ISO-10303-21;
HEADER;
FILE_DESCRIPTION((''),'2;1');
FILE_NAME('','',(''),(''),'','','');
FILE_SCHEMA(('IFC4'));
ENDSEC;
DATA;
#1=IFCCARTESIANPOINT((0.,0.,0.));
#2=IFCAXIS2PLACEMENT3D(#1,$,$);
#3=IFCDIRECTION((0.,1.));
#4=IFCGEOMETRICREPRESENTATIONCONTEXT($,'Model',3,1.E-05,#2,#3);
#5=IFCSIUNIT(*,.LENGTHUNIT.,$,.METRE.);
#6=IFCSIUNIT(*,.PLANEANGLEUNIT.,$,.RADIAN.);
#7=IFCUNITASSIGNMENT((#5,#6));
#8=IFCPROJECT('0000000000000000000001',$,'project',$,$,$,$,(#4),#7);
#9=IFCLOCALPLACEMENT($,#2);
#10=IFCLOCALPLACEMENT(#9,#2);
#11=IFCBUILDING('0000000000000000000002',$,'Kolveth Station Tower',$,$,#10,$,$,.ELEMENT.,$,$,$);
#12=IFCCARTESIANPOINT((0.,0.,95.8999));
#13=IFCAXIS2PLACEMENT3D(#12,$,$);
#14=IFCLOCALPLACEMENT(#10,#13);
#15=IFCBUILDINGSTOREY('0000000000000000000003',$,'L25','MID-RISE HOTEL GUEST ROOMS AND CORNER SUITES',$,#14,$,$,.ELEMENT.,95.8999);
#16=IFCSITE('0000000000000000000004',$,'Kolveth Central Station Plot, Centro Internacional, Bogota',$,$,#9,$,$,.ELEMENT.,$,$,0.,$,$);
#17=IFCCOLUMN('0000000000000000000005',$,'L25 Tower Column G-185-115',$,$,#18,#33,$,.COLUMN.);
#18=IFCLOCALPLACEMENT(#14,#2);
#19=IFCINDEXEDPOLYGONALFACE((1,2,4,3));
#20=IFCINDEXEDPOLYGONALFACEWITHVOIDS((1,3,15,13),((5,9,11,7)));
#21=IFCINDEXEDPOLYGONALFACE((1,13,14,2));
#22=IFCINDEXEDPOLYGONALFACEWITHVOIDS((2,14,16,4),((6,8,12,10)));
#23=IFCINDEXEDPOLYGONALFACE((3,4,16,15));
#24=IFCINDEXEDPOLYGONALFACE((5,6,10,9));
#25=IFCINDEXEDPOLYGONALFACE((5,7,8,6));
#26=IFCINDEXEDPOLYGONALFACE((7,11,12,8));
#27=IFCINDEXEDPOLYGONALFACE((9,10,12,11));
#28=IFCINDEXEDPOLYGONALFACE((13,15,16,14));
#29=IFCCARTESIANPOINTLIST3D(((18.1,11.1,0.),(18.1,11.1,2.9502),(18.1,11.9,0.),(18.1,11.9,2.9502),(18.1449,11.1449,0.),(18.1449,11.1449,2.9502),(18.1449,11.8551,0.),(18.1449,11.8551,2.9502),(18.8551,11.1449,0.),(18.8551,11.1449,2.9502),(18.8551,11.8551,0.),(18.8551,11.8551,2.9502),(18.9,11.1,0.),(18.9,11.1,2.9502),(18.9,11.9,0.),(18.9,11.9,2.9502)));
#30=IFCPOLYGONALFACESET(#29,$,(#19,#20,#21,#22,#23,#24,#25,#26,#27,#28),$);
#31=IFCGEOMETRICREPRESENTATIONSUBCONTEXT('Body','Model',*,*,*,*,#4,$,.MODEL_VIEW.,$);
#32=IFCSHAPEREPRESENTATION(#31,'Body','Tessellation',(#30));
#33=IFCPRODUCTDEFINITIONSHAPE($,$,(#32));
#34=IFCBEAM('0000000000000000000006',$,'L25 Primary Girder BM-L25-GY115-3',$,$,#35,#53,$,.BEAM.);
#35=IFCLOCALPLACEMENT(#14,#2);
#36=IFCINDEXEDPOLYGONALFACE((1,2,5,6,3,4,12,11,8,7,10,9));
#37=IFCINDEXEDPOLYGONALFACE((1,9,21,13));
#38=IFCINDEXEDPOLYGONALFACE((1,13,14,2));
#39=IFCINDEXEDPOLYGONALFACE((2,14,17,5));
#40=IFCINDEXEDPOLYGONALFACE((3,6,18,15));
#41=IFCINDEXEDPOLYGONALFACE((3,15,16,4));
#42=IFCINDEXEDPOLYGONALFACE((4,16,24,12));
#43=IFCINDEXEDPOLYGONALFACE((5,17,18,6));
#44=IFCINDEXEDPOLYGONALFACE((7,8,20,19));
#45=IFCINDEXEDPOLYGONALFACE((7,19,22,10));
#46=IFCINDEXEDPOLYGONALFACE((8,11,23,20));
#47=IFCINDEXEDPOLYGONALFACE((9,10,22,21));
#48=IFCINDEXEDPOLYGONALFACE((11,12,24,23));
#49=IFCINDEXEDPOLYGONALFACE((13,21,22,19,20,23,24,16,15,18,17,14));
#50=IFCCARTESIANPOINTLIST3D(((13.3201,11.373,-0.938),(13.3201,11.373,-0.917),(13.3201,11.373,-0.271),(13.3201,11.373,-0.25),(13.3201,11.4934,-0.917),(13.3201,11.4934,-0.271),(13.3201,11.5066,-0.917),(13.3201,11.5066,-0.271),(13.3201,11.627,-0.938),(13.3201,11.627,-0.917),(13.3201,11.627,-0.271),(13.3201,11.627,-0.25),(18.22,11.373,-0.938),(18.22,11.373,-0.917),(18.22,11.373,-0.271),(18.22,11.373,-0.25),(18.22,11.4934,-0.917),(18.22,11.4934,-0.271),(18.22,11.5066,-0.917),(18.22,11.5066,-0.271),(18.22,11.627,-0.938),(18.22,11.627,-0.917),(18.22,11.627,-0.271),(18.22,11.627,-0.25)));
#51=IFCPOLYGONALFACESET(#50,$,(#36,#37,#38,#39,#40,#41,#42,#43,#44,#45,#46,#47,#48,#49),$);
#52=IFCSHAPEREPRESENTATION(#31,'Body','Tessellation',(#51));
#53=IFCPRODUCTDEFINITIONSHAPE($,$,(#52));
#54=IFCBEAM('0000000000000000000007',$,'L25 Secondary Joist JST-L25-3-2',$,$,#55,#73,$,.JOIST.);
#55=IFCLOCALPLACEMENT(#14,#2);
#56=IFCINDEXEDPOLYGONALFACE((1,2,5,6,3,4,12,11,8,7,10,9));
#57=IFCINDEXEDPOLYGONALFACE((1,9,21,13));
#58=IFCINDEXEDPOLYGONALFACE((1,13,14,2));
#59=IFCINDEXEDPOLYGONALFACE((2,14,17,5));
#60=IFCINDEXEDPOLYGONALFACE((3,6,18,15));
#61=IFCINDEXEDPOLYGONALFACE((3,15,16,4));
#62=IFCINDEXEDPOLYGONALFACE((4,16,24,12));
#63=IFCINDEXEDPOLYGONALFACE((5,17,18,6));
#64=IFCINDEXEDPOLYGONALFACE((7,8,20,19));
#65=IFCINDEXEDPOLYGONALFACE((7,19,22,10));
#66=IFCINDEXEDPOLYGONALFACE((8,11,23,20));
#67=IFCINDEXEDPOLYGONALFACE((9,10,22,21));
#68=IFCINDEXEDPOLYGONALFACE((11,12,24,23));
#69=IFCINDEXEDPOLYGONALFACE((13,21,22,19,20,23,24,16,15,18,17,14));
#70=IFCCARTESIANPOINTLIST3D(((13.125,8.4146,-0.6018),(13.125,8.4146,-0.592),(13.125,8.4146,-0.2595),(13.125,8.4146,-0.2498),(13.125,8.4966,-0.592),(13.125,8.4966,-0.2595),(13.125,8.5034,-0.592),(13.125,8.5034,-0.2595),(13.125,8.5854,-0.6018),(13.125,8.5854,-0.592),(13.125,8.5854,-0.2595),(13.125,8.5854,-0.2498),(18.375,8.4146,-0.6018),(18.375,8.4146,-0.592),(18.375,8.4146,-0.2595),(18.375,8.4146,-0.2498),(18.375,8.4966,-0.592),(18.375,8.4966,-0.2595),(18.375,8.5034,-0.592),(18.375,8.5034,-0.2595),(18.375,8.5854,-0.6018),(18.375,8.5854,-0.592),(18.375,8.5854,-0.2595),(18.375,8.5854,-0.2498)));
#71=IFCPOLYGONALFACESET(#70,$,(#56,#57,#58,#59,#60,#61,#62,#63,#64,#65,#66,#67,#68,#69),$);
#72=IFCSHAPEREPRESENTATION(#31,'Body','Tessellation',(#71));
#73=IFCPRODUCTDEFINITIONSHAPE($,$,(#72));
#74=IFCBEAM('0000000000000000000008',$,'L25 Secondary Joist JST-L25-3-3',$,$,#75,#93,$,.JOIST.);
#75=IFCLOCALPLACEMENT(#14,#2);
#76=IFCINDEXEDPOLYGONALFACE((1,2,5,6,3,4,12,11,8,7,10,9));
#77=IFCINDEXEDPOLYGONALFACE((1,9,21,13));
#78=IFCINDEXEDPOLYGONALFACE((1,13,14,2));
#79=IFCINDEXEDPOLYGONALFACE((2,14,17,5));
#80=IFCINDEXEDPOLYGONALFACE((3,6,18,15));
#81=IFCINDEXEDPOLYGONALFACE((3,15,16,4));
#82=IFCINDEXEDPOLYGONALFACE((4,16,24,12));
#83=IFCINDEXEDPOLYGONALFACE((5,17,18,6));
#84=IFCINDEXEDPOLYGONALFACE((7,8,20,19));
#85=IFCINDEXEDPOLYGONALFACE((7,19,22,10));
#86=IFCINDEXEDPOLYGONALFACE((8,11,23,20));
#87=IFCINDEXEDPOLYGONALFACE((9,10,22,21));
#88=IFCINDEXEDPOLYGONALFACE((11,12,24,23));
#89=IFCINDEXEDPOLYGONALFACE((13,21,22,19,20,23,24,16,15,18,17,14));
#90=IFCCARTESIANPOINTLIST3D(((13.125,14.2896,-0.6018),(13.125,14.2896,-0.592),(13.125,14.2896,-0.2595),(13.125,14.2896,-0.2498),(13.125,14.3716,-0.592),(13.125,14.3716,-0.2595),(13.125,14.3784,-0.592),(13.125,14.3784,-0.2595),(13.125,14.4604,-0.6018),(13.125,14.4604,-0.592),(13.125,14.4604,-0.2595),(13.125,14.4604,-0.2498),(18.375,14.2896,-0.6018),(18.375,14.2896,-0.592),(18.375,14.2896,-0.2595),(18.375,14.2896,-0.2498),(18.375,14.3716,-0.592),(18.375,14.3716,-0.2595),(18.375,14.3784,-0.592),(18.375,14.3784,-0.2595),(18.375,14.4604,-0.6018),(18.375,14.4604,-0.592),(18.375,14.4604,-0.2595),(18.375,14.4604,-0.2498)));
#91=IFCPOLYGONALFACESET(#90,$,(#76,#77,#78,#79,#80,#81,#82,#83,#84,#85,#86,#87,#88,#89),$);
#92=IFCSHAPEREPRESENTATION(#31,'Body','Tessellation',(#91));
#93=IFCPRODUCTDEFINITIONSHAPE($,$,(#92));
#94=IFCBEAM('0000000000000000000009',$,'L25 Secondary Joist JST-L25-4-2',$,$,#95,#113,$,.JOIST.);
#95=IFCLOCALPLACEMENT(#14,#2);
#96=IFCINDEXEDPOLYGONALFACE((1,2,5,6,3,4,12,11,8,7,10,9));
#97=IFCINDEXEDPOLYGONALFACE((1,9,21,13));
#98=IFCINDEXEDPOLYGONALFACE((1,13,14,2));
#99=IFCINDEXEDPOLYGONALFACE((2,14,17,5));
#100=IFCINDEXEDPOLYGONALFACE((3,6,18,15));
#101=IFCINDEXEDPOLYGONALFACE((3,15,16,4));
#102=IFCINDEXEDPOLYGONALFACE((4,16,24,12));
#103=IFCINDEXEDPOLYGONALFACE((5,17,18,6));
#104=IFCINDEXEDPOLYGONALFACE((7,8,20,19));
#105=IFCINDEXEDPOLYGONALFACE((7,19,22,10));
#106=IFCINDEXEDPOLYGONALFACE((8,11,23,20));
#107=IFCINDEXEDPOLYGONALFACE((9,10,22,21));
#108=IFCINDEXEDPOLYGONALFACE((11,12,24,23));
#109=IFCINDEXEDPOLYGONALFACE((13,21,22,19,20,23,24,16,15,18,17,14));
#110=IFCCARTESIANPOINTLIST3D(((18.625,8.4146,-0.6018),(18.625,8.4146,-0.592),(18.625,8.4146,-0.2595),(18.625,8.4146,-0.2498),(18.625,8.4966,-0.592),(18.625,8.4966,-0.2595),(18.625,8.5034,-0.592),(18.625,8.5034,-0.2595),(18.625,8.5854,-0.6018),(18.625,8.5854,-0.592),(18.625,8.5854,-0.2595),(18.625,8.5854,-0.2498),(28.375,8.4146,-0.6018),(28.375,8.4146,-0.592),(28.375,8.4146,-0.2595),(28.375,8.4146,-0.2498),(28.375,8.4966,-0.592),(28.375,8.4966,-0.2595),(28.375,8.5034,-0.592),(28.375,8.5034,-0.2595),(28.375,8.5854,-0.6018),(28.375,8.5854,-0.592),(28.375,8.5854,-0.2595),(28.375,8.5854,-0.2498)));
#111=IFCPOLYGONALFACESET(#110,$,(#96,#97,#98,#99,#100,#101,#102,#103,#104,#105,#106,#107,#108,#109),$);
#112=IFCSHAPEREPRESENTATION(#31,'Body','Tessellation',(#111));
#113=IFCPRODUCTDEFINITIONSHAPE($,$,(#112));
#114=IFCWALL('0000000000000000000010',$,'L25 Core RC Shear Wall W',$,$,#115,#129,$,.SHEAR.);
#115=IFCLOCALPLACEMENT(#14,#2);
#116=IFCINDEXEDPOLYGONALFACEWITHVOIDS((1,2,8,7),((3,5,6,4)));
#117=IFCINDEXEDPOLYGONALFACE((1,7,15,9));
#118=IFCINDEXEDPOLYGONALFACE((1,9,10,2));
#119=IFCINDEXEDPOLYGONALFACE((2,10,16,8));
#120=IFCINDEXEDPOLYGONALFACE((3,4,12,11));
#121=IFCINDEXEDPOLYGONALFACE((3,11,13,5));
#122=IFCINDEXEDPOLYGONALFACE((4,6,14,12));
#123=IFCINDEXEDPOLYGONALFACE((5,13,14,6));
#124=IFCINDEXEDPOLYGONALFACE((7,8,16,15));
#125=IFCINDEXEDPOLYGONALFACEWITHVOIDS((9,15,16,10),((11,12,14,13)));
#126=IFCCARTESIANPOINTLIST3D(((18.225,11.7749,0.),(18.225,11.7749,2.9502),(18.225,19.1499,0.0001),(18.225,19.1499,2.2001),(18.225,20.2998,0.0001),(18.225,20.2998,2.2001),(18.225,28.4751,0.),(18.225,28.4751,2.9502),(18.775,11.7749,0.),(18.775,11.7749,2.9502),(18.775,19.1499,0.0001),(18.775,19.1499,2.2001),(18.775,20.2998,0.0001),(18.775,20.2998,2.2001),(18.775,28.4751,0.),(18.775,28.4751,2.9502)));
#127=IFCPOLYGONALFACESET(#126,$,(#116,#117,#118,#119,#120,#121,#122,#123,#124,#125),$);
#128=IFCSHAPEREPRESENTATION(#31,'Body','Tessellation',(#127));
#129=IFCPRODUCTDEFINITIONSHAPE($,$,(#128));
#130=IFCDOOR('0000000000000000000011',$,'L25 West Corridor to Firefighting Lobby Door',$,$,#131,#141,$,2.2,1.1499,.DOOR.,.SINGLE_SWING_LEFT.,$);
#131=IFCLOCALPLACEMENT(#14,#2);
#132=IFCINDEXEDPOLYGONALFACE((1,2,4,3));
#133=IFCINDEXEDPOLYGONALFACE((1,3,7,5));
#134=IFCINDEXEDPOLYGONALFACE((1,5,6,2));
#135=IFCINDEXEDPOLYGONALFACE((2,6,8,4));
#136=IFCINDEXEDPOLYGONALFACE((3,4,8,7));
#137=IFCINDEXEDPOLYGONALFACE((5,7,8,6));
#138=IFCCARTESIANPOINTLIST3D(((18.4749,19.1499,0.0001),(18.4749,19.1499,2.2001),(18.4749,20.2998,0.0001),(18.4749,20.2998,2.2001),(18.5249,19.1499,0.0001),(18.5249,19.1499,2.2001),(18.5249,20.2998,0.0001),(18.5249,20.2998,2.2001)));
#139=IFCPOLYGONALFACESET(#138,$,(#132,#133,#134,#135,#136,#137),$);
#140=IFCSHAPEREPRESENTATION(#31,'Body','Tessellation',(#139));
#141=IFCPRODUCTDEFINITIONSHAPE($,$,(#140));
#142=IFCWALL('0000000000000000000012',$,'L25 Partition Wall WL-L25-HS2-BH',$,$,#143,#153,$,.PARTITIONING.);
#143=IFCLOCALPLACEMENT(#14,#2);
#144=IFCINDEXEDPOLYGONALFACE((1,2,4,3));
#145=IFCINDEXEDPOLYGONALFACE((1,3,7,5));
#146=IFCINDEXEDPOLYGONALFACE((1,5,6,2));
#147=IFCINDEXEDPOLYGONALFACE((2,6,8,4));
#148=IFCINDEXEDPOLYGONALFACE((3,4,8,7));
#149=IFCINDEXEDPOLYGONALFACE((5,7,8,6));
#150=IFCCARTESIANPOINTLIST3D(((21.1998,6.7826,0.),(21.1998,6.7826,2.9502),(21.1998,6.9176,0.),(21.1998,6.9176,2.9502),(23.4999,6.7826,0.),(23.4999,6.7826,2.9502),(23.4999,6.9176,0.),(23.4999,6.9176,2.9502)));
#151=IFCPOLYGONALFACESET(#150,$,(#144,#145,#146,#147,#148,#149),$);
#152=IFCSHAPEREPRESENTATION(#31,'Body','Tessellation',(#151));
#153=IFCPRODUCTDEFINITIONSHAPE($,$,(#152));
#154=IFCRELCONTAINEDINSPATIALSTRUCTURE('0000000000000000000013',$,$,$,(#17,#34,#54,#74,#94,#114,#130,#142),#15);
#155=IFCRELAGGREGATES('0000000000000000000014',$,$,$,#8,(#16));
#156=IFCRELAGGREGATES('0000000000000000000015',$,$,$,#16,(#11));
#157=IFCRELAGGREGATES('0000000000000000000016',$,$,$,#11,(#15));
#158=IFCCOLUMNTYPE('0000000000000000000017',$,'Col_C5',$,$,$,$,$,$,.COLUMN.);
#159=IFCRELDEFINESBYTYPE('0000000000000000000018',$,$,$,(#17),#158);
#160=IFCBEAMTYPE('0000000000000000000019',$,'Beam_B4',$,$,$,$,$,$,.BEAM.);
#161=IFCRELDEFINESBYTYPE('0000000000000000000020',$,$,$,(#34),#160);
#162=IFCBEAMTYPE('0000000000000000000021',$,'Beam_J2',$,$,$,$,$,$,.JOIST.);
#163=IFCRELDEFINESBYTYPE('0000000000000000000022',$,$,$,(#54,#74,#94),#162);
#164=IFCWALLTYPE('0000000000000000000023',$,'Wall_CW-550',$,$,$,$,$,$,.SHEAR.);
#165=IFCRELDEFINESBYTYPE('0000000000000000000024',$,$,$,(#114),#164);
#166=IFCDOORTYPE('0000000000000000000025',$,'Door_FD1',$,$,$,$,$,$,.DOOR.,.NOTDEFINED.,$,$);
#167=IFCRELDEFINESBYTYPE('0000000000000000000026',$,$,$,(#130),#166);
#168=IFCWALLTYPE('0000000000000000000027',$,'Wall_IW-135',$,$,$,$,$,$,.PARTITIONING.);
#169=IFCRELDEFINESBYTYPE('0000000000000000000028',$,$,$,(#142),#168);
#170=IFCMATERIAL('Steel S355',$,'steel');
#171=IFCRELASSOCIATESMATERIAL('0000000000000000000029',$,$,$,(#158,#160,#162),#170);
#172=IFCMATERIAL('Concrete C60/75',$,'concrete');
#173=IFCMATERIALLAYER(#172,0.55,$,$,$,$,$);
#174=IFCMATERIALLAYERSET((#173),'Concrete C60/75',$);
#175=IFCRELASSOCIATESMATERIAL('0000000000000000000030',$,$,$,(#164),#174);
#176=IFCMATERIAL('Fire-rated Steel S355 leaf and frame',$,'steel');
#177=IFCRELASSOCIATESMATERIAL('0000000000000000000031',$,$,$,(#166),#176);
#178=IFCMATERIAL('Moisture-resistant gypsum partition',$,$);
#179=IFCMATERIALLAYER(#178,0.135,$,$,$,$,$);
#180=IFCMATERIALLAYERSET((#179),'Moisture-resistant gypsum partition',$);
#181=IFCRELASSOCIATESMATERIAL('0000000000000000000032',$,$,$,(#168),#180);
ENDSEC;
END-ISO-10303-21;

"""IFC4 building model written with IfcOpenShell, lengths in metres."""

from ifc_helpers import new_model, si_unit, direction, frame, frame_2d, origin, origin_2d, place, context, subcontext, project, spatial, rectangle, hollow_rectangle, i_section, extrude, source, transform, mapped, material, layer, layer_set, material_profile, profile_set, type_object, element, fill, save


model = new_model("IFC4")

# Units and contexts
model_context = context("Model", 3, precision=1e-05, world=origin(), true_north=direction((0.0, 1.0)))
body_context = subcontext(model_context, "Body", "Model", "MODEL_VIEW")
ifc_project = project(units=[si_unit("LENGTHUNIT", "METRE"), si_unit("PLANEANGLEUNIT", "RADIAN")], contexts=[model_context])

# Site, building, storey
site_placement = place(None, origin())
site = spatial("IfcSite", under=ifc_project, at=site_placement, Name="Kolveth Central Station Plot, Centro Internacional, Bogota", CompositionType="ELEMENT", RefElevation=0.0)
building_placement = place(site_placement, origin())
building = spatial("IfcBuilding", under=site, at=building_placement, Name="Kolveth Station Tower", CompositionType="ELEMENT")
storey_placement = place(building_placement, frame((0.0, 0.0, 95.8999)))
storey = spatial("IfcBuildingStorey", under=building, at=storey_placement, Name="L25", Description="MID-RISE HOTEL GUEST ROOMS AND CORNER SUITES", CompositionType="ELEMENT", Elevation=95.8999)

# Column
ifc_material_1 = material(Name="Steel S355", Category="steel")
ifc_material_profile_1 = material_profile(ifc_material_1, hollow_rectangle(XDim=0.8, YDim=0.8, WallThickness=0.0449, at=origin_2d()), Name="BOX800x800x45")
ifc_profile_set_1 = profile_set([ifc_material_profile_1], Name="Steel S355")
column_type = type_object("IfcColumnType", Name="Col_C5", PredefinedType="COLUMN", material=ifc_profile_set_1)
shared_shape_1 = source(origin(), body_context, "Body", "SweptSolid", [
    extrude(hollow_rectangle(XDim=0.8, YDim=0.8, WallThickness=0.0449, at=origin_2d()), origin(), (0.0, 0.0, 1.0), 2.9502),
])
column_placement = place(storey_placement, frame((18.5, 11.5, 0.0), z_axis=(0.0, 0.0, 1.0), x_axis=(1.0, 0.0, 0.0)))
element("IfcColumn", 1, at=column_placement, inside=storey, type_object=column_type, Name="L25 Tower Column G-185-115", PredefinedType="COLUMN", context=body_context, shape_type="MappedRepresentation", body=[
    mapped(shared_shape_1, transform((0.0, 0.0, 0.0), x_axis=(1.0, 0.0, 0.0), y_axis=(0.0, 1.0, 0.0), z_axis=(0.0, 0.0, 1.0), scale=1.0)),
])

# Beams
ifc_material_profile_2 = material_profile(ifc_material_1, i_section(OverallWidth=0.2539, OverallDepth=0.688, WebThickness=0.0132, FlangeThickness=0.021, at=origin_2d()), Name="W690x152")
ifc_profile_set_2 = profile_set([ifc_material_profile_2], Name="Steel S355")
beam_type_1 = type_object("IfcBeamType", Name="Beam_B4", PredefinedType="BEAM", material=ifc_profile_set_2)
shared_shape_2 = source(origin(), body_context, "Body", "SweptSolid", [
    extrude(i_section(OverallWidth=0.2539, OverallDepth=0.688, WebThickness=0.0132, FlangeThickness=0.021, at=origin_2d()), origin(), (0.0, 0.0, 1.0), 4.8999),
])
beam_1_placement = place(storey_placement, frame((13.3201, 11.5, -0.594), z_axis=(1.0, 0.0, 0.0), x_axis=(0.0, 1.0, 0.0)))
element("IfcBeam", 2, at=beam_1_placement, inside=storey, type_object=beam_type_1, Name="L25 Primary Girder BM-L25-GY115-3", PredefinedType="BEAM", context=body_context, shape_type="MappedRepresentation", body=[
    mapped(shared_shape_2, transform((0.0, 0.0, 0.0), x_axis=(1.0, 0.0, 0.0), y_axis=(0.0, 1.0, 0.0), z_axis=(0.0, 0.0, 1.0), scale=1.0)),
])
ifc_material_profile_3 = material_profile(ifc_material_1, i_section(OverallWidth=0.1709, OverallDepth=0.3521, WebThickness=0.0068, FlangeThickness=0.0098, at=origin_2d()), Name="W360x44")
ifc_profile_set_3 = profile_set([ifc_material_profile_3], Name="Steel S355")
beam_type_2 = type_object("IfcBeamType", Name="Beam_J2", PredefinedType="JOIST", material=ifc_profile_set_3)
shared_shape_3 = source(origin(), body_context, "Body", "SweptSolid", [
    extrude(i_section(OverallWidth=0.1709, OverallDepth=0.3521, WebThickness=0.0068, FlangeThickness=0.0098, at=origin_2d()), origin(), (0.0, 0.0, 1.0), 5.25),
])
for number, where, z_axis, x_axis, name in (
    (3, (13.125, 8.5, -0.4258), (1.0, 0.0, 0.0), (0.0, 1.0, 0.0), "L25 Secondary Joist JST-L25-3-2"),
    (4, (13.125, 14.375, -0.4258), (1.0, 0.0, 0.0), (0.0, 1.0, 0.0), "L25 Secondary Joist JST-L25-3-3"),
):
    element("IfcBeam", number, at=place(storey_placement, frame(where, z_axis=z_axis, x_axis=x_axis)), inside=storey, type_object=beam_type_2, Name=name, PredefinedType="JOIST", context=body_context, shape_type="MappedRepresentation", body=[
        mapped(shared_shape_3, transform((0.0, 0.0, 0.0), x_axis=(1.0, 0.0, 0.0), y_axis=(0.0, 1.0, 0.0), z_axis=(0.0, 0.0, 1.0), scale=1.0)),
    ])
shared_shape_4 = source(origin(), body_context, "Body", "SweptSolid", [
    extrude(i_section(OverallWidth=0.1709, OverallDepth=0.3521, WebThickness=0.0068, FlangeThickness=0.0098, at=origin_2d()), origin(), (0.0, 0.0, 1.0), 9.75),
])
beam_2_placement = place(storey_placement, frame((18.625, 8.5, -0.4258), z_axis=(1.0, 0.0, 0.0), x_axis=(0.0, 1.0, 0.0)))
element("IfcBeam", 5, at=beam_2_placement, inside=storey, type_object=beam_type_2, Name="L25 Secondary Joist JST-L25-4-2", PredefinedType="JOIST", context=body_context, shape_type="MappedRepresentation", body=[
    mapped(shared_shape_4, transform((0.0, 0.0, 0.0), x_axis=(1.0, 0.0, 0.0), y_axis=(0.0, 1.0, 0.0), z_axis=(0.0, 0.0, 1.0), scale=1.0)),
])

# Shared definitions
ifc_material_2 = material(Name="Concrete C60/75", Category="concrete")
ifc_layer_1 = layer(ifc_material_2, 0.55)
ifc_layer_set_1 = layer_set([ifc_layer_1], Name="Concrete C60/75")
wall_type_1 = type_object("IfcWallType", Name="Wall_CW-550", PredefinedType="SHEAR", material=ifc_layer_set_1)

# Wall, opening, door
wall_1_placement = place(storey_placement, frame((18.5, 11.7749, 0.0), z_axis=(0.0, 0.0, 1.0), x_axis=(0.0, 1.0, 0.0)))
wall_1 = element("IfcWall", 6, at=wall_1_placement, inside=storey, type_object=wall_type_1, Name="L25 Core RC Shear Wall W", PredefinedType="SHEAR", context=body_context, shape_type="SweptSolid", body=[
    extrude(rectangle(XDim=16.7002, YDim=0.55, at=frame_2d((8.3501, 0.0))), origin(), (0.0, 0.0, 1.0), 2.9502),
])
opening_1_placement = place(wall_1_placement, frame((7.375, 0.0, 0.0)))
opening_1 = element("IfcOpeningElement", 7, at=opening_1_placement, cuts=wall_1, PredefinedType="OPENING", context=body_context, shape_type="SweptSolid", body=[
    extrude(rectangle(XDim=1.1499, YDim=2.2, at=frame_2d((0.575, 1.1001))), frame((0.0, 0.2849, 0.0), z_axis=(0.0, -1.0, 0.0), x_axis=(1.0, 0.0, 0.0)), (0.0, 0.0, 1.0), 0.5701),
])
ifc_material_3 = material(Name="Fire-rated Steel S355 leaf and frame", Category="steel")
door_type_1 = type_object("IfcDoorType", Name="Door_FD1", OperationType="NOTDEFINED", PredefinedType="DOOR", material=ifc_material_3)
door_1_placement = place(opening_1_placement, frame((1.1499, 0.0, 0.0), z_axis=(0.0, 0.0, 1.0), x_axis=(-1.0, 0.0, 0.0)))
door_1 = element("IfcDoor", 8, at=door_1_placement, inside=storey, type_object=door_type_1, Name="L25 West Corridor to Firefighting Lobby Door", OperationType="SINGLE_SWING_LEFT", OverallHeight=2.2, OverallWidth=1.1499, PredefinedType="DOOR", context=body_context, shape_type="SweptSolid", body=[
    extrude(rectangle(XDim=1.1499, YDim=2.2, at=frame_2d((0.575, 1.1001))), frame((0.0, 0.0249, 0.0), z_axis=(0.0, -1.0, 0.0), x_axis=(1.0, 0.0, 0.0)), (0.0, 0.0, 1.0), 0.05),
])
fill(opening_1, door_1)

# Wall
ifc_material_4 = material(Name="Moisture-resistant gypsum partition")
ifc_layer_2 = layer(ifc_material_4, 0.135)
ifc_layer_set_2 = layer_set([ifc_layer_2], Name="Moisture-resistant gypsum partition")
wall_type_2 = type_object("IfcWallType", Name="Wall_IW-135", PredefinedType="PARTITIONING", material=ifc_layer_set_2)
wall_2_placement = place(storey_placement, frame((21.2, 6.8501, 0.0), z_axis=(0.0, 0.0, 1.0), x_axis=(1.0, 0.0, 0.0)))
element("IfcWall", 9, at=wall_2_placement, inside=storey, type_object=wall_type_2, Name="L25 Partition Wall WL-L25-HS2-BH", PredefinedType="PARTITIONING", context=body_context, shape_type="SweptSolid", body=[
    extrude(rectangle(XDim=2.3, YDim=0.135, at=frame_2d((1.1499, 0.0))), origin(), (0.0, 0.0, 1.0), 2.9502),
])

save(model, "model.ifc")
